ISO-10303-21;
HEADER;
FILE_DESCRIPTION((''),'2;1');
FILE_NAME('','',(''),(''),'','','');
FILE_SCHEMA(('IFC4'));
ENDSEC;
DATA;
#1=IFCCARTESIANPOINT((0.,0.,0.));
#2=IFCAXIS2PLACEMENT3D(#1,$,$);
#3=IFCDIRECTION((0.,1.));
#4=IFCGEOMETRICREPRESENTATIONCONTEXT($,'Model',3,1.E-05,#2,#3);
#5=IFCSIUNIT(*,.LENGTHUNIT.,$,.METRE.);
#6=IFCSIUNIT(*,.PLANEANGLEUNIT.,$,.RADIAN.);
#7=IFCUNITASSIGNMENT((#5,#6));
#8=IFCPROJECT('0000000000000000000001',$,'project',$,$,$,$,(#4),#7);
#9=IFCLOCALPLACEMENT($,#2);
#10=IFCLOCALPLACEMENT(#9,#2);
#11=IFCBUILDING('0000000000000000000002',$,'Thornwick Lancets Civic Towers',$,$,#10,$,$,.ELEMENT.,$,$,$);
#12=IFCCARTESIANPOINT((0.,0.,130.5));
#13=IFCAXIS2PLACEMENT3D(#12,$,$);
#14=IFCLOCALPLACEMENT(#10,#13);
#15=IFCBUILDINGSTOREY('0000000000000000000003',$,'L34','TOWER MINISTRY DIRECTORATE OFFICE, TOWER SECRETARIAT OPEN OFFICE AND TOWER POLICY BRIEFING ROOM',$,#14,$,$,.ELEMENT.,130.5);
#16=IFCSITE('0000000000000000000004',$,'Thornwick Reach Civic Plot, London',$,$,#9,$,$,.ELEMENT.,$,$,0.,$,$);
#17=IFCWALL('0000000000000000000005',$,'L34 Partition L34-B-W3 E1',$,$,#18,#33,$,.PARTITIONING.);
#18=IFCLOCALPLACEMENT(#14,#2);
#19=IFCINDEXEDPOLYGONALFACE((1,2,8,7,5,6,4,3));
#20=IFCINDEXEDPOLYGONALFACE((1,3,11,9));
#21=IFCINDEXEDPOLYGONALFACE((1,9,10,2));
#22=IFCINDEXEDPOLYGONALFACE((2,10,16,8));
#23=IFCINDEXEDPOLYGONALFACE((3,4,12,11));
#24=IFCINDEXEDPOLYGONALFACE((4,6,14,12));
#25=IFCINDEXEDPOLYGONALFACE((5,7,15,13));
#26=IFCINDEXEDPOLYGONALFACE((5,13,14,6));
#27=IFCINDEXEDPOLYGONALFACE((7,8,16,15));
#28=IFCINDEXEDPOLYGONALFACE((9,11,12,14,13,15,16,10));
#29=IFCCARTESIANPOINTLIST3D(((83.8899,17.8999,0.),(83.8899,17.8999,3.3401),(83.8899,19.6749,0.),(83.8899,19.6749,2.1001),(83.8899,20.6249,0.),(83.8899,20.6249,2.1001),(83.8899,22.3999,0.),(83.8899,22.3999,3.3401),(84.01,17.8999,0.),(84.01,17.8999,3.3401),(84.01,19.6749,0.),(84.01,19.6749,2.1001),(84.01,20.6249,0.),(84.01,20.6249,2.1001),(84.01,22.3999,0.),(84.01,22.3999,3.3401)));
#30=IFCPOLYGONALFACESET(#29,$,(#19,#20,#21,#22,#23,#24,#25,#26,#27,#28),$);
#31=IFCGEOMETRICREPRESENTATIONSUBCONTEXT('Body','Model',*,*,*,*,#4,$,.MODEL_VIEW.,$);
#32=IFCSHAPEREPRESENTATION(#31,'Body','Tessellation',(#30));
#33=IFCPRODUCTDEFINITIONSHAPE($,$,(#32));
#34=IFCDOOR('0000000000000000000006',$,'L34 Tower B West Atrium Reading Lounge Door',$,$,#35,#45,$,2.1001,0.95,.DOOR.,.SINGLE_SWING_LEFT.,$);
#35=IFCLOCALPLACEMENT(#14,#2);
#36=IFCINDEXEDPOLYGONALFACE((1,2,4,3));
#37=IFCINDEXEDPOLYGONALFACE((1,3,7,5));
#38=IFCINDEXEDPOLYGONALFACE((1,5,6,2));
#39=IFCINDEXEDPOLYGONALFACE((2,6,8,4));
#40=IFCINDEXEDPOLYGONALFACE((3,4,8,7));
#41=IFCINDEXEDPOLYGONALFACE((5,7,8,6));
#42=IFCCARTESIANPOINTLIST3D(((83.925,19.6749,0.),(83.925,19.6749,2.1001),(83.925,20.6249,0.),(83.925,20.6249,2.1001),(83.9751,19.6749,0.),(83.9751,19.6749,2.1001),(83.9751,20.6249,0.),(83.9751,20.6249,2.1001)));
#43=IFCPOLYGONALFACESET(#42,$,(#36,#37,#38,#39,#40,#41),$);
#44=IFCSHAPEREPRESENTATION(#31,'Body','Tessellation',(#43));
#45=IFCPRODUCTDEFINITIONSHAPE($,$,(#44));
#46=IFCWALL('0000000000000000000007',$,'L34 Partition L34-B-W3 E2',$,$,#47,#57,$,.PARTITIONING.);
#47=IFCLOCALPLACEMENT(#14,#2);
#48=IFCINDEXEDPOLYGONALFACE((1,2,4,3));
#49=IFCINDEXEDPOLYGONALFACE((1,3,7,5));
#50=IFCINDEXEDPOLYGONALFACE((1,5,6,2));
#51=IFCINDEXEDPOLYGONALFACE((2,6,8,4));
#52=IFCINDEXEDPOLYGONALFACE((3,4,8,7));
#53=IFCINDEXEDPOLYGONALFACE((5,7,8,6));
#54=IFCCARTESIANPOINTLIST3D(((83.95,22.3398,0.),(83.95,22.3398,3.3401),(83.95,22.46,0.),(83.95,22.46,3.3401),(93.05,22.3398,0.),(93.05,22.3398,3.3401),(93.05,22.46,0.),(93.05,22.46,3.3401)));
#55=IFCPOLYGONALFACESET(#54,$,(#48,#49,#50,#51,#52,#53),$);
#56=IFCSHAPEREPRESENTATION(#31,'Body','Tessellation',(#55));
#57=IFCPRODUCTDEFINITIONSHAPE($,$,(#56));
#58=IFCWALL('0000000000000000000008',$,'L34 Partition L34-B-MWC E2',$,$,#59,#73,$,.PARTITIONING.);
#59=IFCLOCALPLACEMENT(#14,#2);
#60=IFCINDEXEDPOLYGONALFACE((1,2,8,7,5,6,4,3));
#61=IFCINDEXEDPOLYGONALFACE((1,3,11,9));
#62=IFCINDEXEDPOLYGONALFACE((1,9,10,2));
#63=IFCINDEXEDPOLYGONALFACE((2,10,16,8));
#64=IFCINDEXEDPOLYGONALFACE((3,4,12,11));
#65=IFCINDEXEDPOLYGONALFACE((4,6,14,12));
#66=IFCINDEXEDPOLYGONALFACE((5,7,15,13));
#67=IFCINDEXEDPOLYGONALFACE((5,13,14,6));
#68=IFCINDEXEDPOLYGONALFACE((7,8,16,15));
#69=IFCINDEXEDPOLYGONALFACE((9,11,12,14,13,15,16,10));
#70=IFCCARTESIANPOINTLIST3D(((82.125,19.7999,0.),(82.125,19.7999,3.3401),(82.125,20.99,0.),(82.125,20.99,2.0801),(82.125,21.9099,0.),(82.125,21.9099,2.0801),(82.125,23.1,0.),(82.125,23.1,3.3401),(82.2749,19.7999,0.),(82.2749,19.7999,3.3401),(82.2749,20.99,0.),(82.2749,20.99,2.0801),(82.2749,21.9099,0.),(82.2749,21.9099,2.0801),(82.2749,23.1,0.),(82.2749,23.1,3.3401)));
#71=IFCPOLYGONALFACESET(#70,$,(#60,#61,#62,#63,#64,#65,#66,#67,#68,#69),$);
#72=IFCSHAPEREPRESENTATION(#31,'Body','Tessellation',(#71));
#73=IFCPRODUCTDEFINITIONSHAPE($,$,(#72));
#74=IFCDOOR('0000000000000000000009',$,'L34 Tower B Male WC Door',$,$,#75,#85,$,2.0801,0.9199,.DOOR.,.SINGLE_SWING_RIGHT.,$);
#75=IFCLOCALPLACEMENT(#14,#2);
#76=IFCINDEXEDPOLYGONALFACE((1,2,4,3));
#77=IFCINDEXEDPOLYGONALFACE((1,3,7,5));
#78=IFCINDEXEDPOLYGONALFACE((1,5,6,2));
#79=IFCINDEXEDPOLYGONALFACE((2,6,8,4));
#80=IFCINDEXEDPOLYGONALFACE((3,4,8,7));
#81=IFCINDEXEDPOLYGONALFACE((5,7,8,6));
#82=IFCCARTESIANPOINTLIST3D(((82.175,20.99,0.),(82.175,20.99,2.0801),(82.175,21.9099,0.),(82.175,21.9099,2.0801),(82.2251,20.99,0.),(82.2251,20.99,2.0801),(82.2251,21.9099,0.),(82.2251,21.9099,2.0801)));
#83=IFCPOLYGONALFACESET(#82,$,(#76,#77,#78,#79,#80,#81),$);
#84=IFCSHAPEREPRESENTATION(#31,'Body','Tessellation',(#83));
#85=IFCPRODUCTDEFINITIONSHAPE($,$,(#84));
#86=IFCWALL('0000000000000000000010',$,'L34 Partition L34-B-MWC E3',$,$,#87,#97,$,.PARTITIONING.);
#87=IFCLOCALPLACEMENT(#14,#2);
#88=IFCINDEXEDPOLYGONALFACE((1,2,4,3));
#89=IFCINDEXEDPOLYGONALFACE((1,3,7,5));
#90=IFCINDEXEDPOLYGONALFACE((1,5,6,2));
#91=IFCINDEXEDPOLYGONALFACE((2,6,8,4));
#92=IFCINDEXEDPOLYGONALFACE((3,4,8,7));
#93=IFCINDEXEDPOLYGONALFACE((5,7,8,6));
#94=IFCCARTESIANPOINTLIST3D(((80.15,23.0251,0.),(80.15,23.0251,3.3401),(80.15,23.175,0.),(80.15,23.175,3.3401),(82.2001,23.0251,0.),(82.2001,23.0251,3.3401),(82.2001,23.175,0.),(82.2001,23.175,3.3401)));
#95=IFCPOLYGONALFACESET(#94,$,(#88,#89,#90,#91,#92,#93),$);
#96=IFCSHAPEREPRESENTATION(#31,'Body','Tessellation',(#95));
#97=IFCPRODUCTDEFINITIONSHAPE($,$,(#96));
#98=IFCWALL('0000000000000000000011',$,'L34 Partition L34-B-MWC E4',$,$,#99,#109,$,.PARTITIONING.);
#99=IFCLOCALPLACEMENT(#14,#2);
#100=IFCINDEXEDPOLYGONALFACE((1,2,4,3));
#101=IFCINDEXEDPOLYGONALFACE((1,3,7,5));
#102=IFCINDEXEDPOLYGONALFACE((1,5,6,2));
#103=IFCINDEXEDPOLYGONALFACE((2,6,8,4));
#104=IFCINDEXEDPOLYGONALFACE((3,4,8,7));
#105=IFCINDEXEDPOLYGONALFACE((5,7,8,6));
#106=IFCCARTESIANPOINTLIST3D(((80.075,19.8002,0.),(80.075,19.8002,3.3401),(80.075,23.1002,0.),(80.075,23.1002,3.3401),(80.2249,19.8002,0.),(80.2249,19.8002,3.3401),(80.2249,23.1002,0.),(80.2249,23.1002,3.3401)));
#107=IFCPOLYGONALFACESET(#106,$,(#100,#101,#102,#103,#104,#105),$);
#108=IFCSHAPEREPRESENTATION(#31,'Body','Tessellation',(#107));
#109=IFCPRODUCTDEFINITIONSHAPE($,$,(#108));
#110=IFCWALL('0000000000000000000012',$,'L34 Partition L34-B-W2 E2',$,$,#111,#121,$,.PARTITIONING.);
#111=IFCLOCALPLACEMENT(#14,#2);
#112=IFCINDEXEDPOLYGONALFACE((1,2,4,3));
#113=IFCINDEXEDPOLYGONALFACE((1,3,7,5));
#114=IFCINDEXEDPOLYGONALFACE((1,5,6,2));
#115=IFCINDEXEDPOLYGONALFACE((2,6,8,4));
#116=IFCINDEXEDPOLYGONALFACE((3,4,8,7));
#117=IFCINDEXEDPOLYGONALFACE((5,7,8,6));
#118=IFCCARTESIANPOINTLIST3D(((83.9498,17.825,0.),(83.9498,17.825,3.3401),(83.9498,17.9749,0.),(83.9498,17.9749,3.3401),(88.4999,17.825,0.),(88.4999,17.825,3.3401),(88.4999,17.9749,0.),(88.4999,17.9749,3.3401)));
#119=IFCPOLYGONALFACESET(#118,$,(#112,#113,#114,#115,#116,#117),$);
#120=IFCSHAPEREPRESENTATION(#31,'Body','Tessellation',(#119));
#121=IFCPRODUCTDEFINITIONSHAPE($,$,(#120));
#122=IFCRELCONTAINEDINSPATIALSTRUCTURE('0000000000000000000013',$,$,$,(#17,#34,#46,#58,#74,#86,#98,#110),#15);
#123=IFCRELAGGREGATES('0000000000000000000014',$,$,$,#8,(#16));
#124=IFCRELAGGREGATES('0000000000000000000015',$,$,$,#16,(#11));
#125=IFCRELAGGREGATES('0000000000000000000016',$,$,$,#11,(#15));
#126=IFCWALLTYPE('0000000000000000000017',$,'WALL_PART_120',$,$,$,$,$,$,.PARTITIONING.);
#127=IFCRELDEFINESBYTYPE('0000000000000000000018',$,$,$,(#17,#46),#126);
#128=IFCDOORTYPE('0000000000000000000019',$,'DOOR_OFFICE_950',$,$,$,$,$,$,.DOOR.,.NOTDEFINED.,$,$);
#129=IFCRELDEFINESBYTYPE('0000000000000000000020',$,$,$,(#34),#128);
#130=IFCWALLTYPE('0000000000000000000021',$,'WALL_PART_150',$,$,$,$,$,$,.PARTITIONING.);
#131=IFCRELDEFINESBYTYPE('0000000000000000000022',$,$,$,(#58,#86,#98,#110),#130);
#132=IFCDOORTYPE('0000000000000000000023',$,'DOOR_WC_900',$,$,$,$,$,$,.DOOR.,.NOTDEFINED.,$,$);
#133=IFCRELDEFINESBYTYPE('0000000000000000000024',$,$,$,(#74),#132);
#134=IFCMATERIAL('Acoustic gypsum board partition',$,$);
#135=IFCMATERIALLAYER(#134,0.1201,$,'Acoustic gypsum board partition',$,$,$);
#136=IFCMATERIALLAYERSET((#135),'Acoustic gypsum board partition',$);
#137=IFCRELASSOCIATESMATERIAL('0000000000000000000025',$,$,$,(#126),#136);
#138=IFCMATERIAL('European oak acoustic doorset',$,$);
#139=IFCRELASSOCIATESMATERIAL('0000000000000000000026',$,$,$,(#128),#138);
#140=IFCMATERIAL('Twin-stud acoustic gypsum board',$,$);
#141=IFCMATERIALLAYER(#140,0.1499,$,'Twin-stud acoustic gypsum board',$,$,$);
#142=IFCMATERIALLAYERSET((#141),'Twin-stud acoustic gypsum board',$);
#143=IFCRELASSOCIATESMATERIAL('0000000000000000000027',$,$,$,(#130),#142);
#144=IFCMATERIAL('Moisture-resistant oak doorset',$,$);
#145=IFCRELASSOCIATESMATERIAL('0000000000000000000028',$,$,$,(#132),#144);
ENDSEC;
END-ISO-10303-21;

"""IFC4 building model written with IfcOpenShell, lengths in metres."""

from ifc_helpers import new_model, si_unit, direction, frame, frame_2d, origin, place, context, subcontext, project, spatial, rectangle, extrude, material, layer, layer_set, type_object, element, fill, save


model = new_model("IFC4")

# Units and contexts
model_context = context("Model", 3, precision=1e-05, world=origin(), true_north=direction((0.0, 1.0)))
body_context = subcontext(model_context, "Body", "Model", "MODEL_VIEW")
ifc_project = project(units=[si_unit("LENGTHUNIT", "METRE"), si_unit("PLANEANGLEUNIT", "RADIAN")], contexts=[model_context])

# Site, building, storey
site_placement = place(None, origin())
site = spatial("IfcSite", under=ifc_project, at=site_placement, Name="Thornwick Reach Civic Plot, London", CompositionType="ELEMENT", RefElevation=0.0)
building_placement = place(site_placement, origin())
building = spatial("IfcBuilding", under=site, at=building_placement, Name="Thornwick Lancets Civic Towers", CompositionType="ELEMENT")
storey_placement = place(building_placement, frame((0.0, 0.0, 130.5)))
storey = spatial("IfcBuildingStorey", under=building, at=storey_placement, Name="L34", Description="TOWER MINISTRY DIRECTORATE OFFICE, TOWER SECRETARIAT OPEN OFFICE AND TOWER POLICY BRIEFING ROOM", CompositionType="ELEMENT", Elevation=130.5)

# Wall, opening, door
ifc_material_1 = material(Name="Acoustic gypsum board partition")
ifc_layer_1 = layer(ifc_material_1, 0.1201, Name="Acoustic gypsum board partition")
ifc_layer_set_1 = layer_set([ifc_layer_1], Name="Acoustic gypsum board partition")
wall_type_1 = type_object("IfcWallType", Name="WALL_PART_120", PredefinedType="PARTITIONING", material=ifc_layer_set_1)
wall_1_placement = place(storey_placement, frame((83.95, 17.8999, 0.0), z_axis=(0.0, 0.0, 1.0), x_axis=(0.0, 1.0, 0.0)))
wall_1 = element("IfcWall", 1, at=wall_1_placement, inside=storey, type_object=wall_type_1, Name="L34 Partition L34-B-W3 E1", PredefinedType="PARTITIONING", context=body_context, shape_type="SweptSolid", body=[
    extrude(rectangle(XDim=4.5, YDim=0.1201, at=frame_2d((2.25, 0.0))), origin(), (0.0, 0.0, 1.0), 3.3401),
])
opening_1_placement = place(wall_1_placement, frame((1.7749, 0.0, 0.0)))
opening_1 = element("IfcOpeningElement", 2, at=opening_1_placement, cuts=wall_1, PredefinedType="OPENING", context=body_context, shape_type="SweptSolid", body=[
    extrude(rectangle(XDim=0.95, YDim=2.1001, at=frame_2d((0.4751, 1.05))), frame((0.0, 0.0701, 0.0), z_axis=(0.0, -1.0, 0.0), x_axis=(1.0, 0.0, 0.0)), (0.0, 0.0, 1.0), 0.1401),
])
ifc_material_2 = material(Name="European oak acoustic doorset")
door_type_1 = type_object("IfcDoorType", Name="DOOR_OFFICE_950", OperationType="NOTDEFINED", PredefinedType="DOOR", material=ifc_material_2)
door_1_placement = place(opening_1_placement, origin())
door_1 = element("IfcDoor", 3, at=door_1_placement, inside=storey, type_object=door_type_1, Name="L34 Tower B West Atrium Reading Lounge Door", OperationType="SINGLE_SWING_LEFT", OverallHeight=2.1001, OverallWidth=0.95, PredefinedType="DOOR", context=body_context, shape_type="SweptSolid", body=[
    extrude(rectangle(XDim=0.95, YDim=2.1001, at=frame_2d((0.4751, 1.05))), frame((0.0, 0.0249, 0.0), z_axis=(0.0, -1.0, 0.0), x_axis=(1.0, 0.0, 0.0)), (0.0, 0.0, 1.0), 0.05),
])
fill(opening_1, door_1)

# Wall
wall_2_placement = place(storey_placement, frame((83.95, 22.3999, 0.0), z_axis=(0.0, 0.0, 1.0), x_axis=(1.0, 0.0, 0.0)))
element("IfcWall", 4, at=wall_2_placement, inside=storey, type_object=wall_type_1, Name="L34 Partition L34-B-W3 E2", PredefinedType="PARTITIONING", context=body_context, shape_type="SweptSolid", body=[
    extrude(rectangle(XDim=9.1001, YDim=0.1201, at=frame_2d((4.55, 0.0))), origin(), (0.0, 0.0, 1.0), 3.3401),
])

# Wall, opening, door
ifc_material_3 = material(Name="Twin-stud acoustic gypsum board")
ifc_layer_2 = layer(ifc_material_3, 0.1499, Name="Twin-stud acoustic gypsum board")
ifc_layer_set_2 = layer_set([ifc_layer_2], Name="Twin-stud acoustic gypsum board")
wall_type_2 = type_object("IfcWallType", Name="WALL_PART_150", PredefinedType="PARTITIONING", material=ifc_layer_set_2)
wall_3_placement = place(storey_placement, frame((82.2, 19.8, 0.0), z_axis=(0.0, 0.0, 1.0), x_axis=(0.0, 1.0, 0.0)))
wall_3 = element("IfcWall", 5, at=wall_3_placement, inside=storey, type_object=wall_type_2, Name="L34 Partition L34-B-MWC E2", PredefinedType="PARTITIONING", context=body_context, shape_type="SweptSolid", body=[
    extrude(rectangle(XDim=3.3, YDim=0.1499, at=frame_2d((1.6499, 0.0))), origin(), (0.0, 0.0, 1.0), 3.3401),
])
opening_2_placement = place(wall_3_placement, frame((1.1899, 0.0, 0.0)))
opening_2 = element("IfcOpeningElement", 6, at=opening_2_placement, cuts=wall_3, PredefinedType="OPENING", context=body_context, shape_type="SweptSolid", body=[
    extrude(rectangle(XDim=0.9199, YDim=2.0801, at=frame_2d((0.46, 1.04))), frame((0.0, 0.085, 0.0), z_axis=(0.0, -1.0, 0.0), x_axis=(1.0, 0.0, 0.0)), (0.0, 0.0, 1.0), 0.1699),
])
ifc_material_4 = material(Name="Moisture-resistant oak doorset")
door_type_2 = type_object("IfcDoorType", Name="DOOR_WC_900", OperationType="NOTDEFINED", PredefinedType="DOOR", material=ifc_material_4)
door_2_placement = place(opening_2_placement, origin())
door_2 = element("IfcDoor", 7, at=door_2_placement, inside=storey, type_object=door_type_2, Name="L34 Tower B Male WC Door", OperationType="SINGLE_SWING_RIGHT", OverallHeight=2.0801, OverallWidth=0.9199, PredefinedType="DOOR", context=body_context, shape_type="SweptSolid", body=[
    extrude(rectangle(XDim=0.9199, YDim=2.0801, at=frame_2d((0.46, 1.04))), frame((0.0, 0.0249, 0.0), z_axis=(0.0, -1.0, 0.0), x_axis=(1.0, 0.0, 0.0)), (0.0, 0.0, 1.0), 0.05),
])
fill(opening_2, door_2)

# Walls
wall_4_placement = place(storey_placement, frame((82.2, 23.1001, 0.0), z_axis=(0.0, 0.0, 1.0), x_axis=(-1.0, 0.0, 0.0)))
element("IfcWall", 8, at=wall_4_placement, inside=storey, type_object=wall_type_2, Name="L34 Partition L34-B-MWC E3", PredefinedType="PARTITIONING", context=body_context, shape_type="SweptSolid", body=[
    extrude(rectangle(XDim=2.05, YDim=0.1499, at=frame_2d((1.0249, 0.0))), origin(), (0.0, 0.0, 1.0), 3.3401),
])
wall_5_placement = place(storey_placement, frame((80.1499, 23.1001, 0.0), z_axis=(0.0, 0.0, 1.0), x_axis=(0.0, -1.0, 0.0)))
element("IfcWall", 9, at=wall_5_placement, inside=storey, type_object=wall_type_2, Name="L34 Partition L34-B-MWC E4", PredefinedType="PARTITIONING", context=body_context, shape_type="SweptSolid", body=[
    extrude(rectangle(XDim=3.3, YDim=0.1499, at=frame_2d((1.6499, 0.0))), origin(), (0.0, 0.0, 1.0), 3.3401),
])
wall_6_placement = place(storey_placement, frame((83.95, 17.8999, 0.0), z_axis=(0.0, 0.0, 1.0), x_axis=(1.0, 0.0, 0.0)))
element("IfcWall", 10, at=wall_6_placement, inside=storey, type_object=wall_type_2, Name="L34 Partition L34-B-W2 E2", PredefinedType="PARTITIONING", context=body_context, shape_type="SweptSolid", body=[
    extrude(rectangle(XDim=4.55, YDim=0.1499, at=frame_2d((2.2749, 0.0))), origin(), (0.0, 0.0, 1.0), 3.3401),
])

save(model, "model.ifc")
